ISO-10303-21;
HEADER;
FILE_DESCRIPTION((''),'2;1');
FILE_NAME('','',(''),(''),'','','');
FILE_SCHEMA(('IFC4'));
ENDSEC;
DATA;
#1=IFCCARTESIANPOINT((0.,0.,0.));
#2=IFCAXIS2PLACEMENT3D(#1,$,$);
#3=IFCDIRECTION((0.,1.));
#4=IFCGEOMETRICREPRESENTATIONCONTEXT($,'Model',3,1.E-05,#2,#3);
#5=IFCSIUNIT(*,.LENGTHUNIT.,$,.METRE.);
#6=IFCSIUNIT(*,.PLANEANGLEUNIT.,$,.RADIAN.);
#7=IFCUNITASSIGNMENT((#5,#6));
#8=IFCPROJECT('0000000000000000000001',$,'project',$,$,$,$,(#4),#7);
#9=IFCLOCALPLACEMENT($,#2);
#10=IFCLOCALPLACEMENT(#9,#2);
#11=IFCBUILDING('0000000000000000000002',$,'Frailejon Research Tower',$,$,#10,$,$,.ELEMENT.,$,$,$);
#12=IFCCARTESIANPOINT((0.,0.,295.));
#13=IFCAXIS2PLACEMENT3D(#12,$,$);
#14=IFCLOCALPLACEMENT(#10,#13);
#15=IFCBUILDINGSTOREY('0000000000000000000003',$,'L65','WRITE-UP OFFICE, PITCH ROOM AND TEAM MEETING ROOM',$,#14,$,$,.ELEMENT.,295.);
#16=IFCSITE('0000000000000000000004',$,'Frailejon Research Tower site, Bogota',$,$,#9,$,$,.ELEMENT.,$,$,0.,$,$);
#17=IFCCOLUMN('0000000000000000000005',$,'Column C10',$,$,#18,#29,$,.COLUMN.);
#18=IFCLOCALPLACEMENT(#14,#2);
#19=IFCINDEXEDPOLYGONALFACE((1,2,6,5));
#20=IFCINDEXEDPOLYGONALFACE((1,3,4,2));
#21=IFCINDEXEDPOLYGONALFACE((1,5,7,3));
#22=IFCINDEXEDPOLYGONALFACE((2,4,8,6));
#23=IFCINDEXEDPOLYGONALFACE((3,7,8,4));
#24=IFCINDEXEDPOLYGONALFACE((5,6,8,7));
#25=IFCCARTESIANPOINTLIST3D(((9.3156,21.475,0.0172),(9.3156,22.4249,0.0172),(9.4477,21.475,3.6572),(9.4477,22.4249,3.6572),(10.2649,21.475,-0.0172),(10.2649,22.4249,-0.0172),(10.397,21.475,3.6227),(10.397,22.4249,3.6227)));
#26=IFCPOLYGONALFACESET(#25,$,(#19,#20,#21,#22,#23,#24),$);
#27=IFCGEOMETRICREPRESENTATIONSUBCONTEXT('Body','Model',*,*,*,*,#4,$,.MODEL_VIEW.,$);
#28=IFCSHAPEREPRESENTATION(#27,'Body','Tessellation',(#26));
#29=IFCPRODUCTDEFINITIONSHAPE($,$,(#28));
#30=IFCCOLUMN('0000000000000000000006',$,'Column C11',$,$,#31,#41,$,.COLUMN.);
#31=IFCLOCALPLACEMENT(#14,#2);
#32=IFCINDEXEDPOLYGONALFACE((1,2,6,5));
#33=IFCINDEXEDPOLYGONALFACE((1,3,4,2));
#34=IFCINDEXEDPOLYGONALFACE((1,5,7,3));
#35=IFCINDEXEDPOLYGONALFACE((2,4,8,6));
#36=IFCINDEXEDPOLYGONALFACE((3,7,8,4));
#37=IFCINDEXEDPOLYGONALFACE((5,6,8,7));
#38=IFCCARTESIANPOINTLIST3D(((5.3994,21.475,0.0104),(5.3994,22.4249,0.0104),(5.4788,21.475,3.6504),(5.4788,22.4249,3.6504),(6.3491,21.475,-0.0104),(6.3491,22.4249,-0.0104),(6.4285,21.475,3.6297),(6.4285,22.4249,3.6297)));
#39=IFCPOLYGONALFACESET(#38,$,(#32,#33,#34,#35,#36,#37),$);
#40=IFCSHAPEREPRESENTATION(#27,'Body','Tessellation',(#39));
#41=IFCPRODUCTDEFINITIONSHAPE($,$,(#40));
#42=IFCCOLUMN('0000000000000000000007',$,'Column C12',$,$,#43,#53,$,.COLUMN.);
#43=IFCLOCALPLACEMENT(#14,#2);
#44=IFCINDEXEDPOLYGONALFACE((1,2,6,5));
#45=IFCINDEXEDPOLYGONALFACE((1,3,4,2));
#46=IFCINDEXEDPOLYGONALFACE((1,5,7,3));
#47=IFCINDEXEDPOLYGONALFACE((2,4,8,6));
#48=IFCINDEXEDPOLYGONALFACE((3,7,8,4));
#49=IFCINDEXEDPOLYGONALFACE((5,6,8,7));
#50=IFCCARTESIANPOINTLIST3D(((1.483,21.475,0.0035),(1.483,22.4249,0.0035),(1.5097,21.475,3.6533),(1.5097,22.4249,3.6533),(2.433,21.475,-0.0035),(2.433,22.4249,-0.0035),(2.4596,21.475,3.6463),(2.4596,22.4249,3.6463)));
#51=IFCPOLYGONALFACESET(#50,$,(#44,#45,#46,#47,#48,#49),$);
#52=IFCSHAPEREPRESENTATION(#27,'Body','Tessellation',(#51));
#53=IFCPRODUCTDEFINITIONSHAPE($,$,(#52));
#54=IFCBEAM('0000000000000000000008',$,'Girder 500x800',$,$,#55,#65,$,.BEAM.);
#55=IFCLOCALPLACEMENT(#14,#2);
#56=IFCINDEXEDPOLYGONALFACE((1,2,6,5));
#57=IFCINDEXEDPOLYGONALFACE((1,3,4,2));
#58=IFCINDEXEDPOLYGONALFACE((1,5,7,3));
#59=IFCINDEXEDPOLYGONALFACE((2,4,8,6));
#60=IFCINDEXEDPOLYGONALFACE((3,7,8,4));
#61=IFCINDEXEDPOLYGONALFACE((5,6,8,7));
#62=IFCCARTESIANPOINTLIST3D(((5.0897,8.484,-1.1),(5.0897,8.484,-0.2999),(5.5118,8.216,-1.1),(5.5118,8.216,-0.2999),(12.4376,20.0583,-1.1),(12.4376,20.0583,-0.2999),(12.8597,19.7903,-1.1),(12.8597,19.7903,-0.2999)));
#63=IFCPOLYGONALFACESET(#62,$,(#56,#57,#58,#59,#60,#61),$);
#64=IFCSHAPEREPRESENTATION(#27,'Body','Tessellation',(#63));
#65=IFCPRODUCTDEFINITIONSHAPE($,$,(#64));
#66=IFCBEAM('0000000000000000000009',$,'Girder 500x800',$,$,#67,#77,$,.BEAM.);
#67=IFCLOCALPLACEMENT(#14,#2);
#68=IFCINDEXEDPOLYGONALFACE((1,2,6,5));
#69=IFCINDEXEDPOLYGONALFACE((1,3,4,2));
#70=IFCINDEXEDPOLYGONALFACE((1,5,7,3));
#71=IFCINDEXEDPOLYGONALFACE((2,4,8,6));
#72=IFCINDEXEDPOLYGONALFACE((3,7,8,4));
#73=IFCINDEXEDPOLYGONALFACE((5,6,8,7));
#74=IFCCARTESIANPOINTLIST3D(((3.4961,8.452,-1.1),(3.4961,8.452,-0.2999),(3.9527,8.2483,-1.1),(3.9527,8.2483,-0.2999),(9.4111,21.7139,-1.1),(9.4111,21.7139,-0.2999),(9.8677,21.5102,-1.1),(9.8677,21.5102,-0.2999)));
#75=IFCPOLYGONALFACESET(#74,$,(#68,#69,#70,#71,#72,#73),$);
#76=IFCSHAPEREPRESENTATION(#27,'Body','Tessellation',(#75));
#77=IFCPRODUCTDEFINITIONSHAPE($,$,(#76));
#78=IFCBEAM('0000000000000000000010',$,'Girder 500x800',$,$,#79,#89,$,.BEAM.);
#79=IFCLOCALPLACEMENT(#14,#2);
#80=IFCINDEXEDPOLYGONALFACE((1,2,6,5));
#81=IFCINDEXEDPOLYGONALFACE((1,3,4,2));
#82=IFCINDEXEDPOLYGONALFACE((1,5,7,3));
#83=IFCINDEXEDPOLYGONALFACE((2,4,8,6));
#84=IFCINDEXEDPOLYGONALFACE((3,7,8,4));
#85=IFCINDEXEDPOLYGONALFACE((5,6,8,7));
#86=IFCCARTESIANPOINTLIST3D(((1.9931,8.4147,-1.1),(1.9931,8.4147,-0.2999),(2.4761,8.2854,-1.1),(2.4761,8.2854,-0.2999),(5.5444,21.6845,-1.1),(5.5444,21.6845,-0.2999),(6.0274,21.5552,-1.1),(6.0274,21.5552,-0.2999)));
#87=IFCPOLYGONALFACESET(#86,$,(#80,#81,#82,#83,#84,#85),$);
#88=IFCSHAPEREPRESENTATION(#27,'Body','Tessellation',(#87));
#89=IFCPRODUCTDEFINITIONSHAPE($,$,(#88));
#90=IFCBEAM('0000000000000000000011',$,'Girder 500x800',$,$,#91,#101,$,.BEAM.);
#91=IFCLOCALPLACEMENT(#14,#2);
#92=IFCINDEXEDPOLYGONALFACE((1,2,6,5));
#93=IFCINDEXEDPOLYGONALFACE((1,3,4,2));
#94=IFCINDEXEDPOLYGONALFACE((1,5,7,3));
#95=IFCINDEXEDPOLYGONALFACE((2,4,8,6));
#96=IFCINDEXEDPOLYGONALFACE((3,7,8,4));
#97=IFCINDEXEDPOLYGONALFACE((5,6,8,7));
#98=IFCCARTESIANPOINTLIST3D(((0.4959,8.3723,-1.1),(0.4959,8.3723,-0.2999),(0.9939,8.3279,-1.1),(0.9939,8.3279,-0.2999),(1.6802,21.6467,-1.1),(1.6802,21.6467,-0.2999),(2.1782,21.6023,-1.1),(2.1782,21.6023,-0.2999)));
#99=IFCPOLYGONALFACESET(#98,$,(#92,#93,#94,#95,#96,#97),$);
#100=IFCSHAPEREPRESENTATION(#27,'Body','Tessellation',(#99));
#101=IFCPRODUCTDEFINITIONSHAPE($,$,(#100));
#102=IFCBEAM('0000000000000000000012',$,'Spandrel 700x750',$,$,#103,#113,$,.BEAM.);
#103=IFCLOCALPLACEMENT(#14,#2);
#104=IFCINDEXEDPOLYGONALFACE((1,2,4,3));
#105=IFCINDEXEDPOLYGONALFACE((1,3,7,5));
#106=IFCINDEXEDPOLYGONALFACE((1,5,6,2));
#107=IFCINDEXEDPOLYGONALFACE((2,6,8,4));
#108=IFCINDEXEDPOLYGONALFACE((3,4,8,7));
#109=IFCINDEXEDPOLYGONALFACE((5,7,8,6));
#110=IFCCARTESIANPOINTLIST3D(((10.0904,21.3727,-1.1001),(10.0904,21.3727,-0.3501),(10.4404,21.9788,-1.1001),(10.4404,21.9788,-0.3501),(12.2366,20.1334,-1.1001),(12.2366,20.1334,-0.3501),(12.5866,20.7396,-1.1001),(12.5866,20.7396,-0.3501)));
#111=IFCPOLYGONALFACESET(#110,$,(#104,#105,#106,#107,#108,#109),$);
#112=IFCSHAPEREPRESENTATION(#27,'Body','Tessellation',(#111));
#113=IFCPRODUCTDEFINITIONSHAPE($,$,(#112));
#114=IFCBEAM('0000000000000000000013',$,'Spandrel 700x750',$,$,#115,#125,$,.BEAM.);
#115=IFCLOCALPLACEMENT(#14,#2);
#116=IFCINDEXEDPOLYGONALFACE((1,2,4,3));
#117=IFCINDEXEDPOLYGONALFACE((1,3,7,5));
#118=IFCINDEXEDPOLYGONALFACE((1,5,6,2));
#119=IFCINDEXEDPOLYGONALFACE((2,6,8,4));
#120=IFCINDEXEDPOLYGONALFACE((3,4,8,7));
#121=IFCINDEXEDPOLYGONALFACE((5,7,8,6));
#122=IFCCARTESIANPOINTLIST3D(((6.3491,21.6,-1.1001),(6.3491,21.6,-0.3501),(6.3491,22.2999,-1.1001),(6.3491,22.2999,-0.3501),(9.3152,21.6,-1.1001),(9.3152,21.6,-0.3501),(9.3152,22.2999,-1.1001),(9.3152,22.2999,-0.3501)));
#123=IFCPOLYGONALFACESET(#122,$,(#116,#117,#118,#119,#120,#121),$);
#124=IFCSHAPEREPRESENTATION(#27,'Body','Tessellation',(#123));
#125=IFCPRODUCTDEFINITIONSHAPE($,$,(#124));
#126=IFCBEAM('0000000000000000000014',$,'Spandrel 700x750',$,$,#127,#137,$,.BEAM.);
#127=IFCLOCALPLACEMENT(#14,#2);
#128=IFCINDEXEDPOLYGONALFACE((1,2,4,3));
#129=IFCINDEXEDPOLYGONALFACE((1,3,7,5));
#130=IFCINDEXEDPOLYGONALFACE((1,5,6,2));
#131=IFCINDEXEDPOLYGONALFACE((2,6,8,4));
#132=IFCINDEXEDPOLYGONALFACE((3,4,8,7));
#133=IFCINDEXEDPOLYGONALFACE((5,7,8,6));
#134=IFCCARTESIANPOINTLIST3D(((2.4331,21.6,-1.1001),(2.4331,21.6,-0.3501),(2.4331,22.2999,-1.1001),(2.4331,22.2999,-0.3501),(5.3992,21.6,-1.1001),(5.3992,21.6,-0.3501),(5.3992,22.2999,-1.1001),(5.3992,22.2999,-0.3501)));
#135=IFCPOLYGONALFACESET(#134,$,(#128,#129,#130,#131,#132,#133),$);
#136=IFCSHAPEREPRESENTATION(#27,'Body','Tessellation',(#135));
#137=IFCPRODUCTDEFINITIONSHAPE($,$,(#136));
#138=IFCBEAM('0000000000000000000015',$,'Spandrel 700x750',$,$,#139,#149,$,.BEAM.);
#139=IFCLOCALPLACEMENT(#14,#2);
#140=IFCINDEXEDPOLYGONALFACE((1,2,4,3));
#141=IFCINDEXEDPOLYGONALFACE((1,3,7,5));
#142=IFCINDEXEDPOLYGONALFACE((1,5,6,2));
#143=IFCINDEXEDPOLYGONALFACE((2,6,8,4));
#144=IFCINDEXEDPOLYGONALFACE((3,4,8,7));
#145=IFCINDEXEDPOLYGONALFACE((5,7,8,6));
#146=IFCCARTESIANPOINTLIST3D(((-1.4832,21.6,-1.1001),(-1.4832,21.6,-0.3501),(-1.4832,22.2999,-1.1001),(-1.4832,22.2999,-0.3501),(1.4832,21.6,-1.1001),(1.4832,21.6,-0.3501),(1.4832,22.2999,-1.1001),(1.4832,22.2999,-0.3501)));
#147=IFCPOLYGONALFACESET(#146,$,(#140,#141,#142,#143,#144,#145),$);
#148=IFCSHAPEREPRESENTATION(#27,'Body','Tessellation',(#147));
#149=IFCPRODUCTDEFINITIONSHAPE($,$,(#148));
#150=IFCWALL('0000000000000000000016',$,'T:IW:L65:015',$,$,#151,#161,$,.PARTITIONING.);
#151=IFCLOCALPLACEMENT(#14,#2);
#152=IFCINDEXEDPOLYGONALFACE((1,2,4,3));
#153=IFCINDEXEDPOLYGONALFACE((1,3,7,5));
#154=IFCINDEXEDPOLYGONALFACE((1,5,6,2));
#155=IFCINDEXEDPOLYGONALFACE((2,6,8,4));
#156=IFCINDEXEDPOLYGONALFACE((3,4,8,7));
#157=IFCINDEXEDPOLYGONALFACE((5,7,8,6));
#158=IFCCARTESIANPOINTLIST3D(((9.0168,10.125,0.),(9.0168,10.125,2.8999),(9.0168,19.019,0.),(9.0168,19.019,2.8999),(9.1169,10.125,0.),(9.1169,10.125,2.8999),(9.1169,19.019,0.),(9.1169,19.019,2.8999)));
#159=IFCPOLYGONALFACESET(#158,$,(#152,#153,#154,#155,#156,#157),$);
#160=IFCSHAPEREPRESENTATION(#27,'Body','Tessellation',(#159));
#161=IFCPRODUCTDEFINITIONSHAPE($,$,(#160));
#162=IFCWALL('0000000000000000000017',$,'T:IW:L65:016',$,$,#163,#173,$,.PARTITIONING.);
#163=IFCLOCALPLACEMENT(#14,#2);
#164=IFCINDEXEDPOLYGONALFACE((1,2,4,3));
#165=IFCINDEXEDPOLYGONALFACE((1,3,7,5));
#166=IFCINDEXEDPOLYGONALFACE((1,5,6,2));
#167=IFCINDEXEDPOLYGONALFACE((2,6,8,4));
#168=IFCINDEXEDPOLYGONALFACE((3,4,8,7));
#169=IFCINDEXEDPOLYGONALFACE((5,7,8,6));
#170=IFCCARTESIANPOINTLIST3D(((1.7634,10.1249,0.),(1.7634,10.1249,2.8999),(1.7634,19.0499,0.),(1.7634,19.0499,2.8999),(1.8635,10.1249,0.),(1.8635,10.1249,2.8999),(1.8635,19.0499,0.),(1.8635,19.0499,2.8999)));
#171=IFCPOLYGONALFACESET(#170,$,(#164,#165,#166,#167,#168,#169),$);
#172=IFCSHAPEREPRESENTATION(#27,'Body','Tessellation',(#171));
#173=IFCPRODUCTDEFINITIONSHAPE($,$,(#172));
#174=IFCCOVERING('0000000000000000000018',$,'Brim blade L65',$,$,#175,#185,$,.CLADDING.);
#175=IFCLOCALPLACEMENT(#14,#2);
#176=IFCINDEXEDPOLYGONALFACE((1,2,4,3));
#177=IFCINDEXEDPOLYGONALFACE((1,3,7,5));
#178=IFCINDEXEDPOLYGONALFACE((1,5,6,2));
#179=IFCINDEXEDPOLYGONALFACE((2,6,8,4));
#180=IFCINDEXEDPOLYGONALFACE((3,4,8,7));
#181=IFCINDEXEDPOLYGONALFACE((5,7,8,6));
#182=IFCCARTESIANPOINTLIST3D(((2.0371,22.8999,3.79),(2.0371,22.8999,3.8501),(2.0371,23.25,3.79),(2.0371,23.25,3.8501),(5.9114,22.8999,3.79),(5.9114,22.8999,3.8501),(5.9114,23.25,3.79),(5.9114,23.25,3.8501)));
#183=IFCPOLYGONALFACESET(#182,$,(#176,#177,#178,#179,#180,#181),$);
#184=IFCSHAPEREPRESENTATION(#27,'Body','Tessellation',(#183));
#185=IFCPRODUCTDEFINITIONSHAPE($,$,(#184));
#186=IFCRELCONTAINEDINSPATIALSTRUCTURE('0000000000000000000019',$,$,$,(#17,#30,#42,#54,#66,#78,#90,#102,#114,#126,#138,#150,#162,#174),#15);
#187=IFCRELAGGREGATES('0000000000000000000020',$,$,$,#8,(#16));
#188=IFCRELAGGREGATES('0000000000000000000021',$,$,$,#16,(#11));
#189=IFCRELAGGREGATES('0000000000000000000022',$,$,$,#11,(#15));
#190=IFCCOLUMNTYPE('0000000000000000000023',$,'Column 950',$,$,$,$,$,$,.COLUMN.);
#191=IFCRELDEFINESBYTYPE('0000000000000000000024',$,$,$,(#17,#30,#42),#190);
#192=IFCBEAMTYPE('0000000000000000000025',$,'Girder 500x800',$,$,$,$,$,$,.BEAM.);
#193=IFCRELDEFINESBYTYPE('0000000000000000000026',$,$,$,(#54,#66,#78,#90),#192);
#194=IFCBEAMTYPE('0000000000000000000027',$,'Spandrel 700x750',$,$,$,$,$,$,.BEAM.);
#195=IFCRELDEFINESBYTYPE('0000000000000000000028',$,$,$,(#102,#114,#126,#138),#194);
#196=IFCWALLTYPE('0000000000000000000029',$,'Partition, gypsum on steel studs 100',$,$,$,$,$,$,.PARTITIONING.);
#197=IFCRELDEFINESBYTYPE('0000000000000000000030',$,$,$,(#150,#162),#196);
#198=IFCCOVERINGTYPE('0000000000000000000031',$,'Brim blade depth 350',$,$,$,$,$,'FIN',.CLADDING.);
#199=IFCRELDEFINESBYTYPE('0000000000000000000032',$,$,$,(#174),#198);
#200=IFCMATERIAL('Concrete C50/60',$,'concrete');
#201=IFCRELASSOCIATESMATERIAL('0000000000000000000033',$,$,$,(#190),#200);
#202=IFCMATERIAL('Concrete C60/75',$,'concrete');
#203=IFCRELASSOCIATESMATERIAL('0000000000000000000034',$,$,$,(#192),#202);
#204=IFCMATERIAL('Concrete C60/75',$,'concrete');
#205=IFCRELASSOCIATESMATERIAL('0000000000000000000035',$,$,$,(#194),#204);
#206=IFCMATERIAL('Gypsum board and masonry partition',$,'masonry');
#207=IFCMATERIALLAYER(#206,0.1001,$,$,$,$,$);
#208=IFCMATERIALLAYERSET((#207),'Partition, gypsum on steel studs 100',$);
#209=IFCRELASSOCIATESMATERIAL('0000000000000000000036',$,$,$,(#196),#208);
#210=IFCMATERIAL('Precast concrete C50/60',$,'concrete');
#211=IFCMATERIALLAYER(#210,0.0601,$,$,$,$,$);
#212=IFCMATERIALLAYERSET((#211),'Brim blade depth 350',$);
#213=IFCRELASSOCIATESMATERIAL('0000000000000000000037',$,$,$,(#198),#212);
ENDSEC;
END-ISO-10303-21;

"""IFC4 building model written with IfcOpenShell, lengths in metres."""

from ifc_helpers import new_model, si_unit, direction, frame, frame_2d, origin, origin_2d, place, context, subcontext, project, spatial, polyline, rectangle, outline, extrude, material, layer, layer_set, material_profile, profile_set, type_object, element, save


model = new_model("IFC4")

# Units and contexts
model_context = context("Model", 3, precision=1e-05, world=origin(), true_north=direction((0.0, 1.0)))
body_context = subcontext(model_context, "Body", "Model", "MODEL_VIEW")
ifc_project = project(units=[si_unit("LENGTHUNIT", "METRE"), si_unit("PLANEANGLEUNIT", "RADIAN")], contexts=[model_context])

# Site, building, storey
site_placement = place(None, origin())
site = spatial("IfcSite", under=ifc_project, at=site_placement, Name="Frailejon Research Tower site, Bogota", CompositionType="ELEMENT", RefElevation=0.0)
building_placement = place(site_placement, origin())
building = spatial("IfcBuilding", under=site, at=building_placement, Name="Frailejon Research Tower", CompositionType="ELEMENT")
storey_placement = place(building_placement, frame((0.0, 0.0, 295.0)))
storey = spatial("IfcBuildingStorey", under=building, at=storey_placement, Name="L65", Description="WRITE-UP OFFICE, PITCH ROOM AND TEAM MEETING ROOM", CompositionType="ELEMENT", Elevation=295.0)

# Columns
ifc_material_1 = material(Name="Concrete C50/60", Category="concrete")
ifc_material_profile_1 = material_profile(ifc_material_1, rectangle(XDim=0.95, YDim=0.95, at=origin_2d()), Name="Column 950")
ifc_profile_set_1 = profile_set([ifc_material_profile_1], Name="Concrete C50/60")
column_type = type_object("IfcColumnType", Name="Column 950", PredefinedType="COLUMN", material=ifc_profile_set_1)
column_1_placement = place(storey_placement, frame((9.7903, 21.95, 0.0), z_axis=(0.036263, 0.0, 0.999342), x_axis=(-0.999342, 0.0, 0.036263)))
element("IfcColumn", 1, at=column_1_placement, inside=storey, type_object=column_type, Name="Column C10", PredefinedType="COLUMN", context=body_context, shape_type="SweptSolid", body=[
    extrude(rectangle(XDim=0.95, YDim=0.95, at=origin_2d()), origin(), (0.0, 0.0, 1.0), 3.6423),
])
column_2_placement = place(storey_placement, frame((5.8743, 21.95, 0.0), z_axis=(0.021794, 0.0, 0.999762), x_axis=(-0.999762, 0.0, 0.021794)))
element("IfcColumn", 2, at=column_2_placement, inside=storey, type_object=column_type, Name="Column C11", PredefinedType="COLUMN", context=body_context, shape_type="SweptSolid", body=[
    extrude(rectangle(XDim=0.95, YDim=0.95, at=origin_2d()), origin(), (0.0, 0.0, 1.0), 3.6409),
])
column_3_placement = place(storey_placement, frame((1.958, 21.95, 0.0), z_axis=(0.007291, 0.0, 0.999973), x_axis=(-0.999973, 0.0, 0.007291)))
element("IfcColumn", 3, at=column_3_placement, inside=storey, type_object=column_type, Name="Column C12", PredefinedType="COLUMN", context=body_context, shape_type="SweptSolid", body=[
    extrude(rectangle(XDim=0.95, YDim=0.95, at=origin_2d()), origin(), (0.0, 0.0, 1.0), 3.6499),
])

# Beams
ifc_material_2 = material(Name="Concrete C60/75", Category="concrete")
ifc_material_profile_2 = material_profile(ifc_material_2, rectangle(XDim=0.5, YDim=0.8, at=origin_2d()), Name="Girder 500x800")
ifc_profile_set_2 = profile_set([ifc_material_profile_2], Name="Concrete C60/75")
beam_type_1 = type_object("IfcBeamType", Name="Girder 500x800", PredefinedType="BEAM", material=ifc_profile_set_2)
beam_1_placement = place(storey_placement, frame((12.6487, 19.9243, -0.7), z_axis=(-0.535966, -0.84424, 0.0), x_axis=(0.84424, -0.535966, 0.0)))
element("IfcBeam", 4, at=beam_1_placement, inside=storey, type_object=beam_type_1, Name="Girder 500x800", PredefinedType="BEAM", context=body_context, shape_type="SweptSolid", body=[
    extrude(rectangle(XDim=0.5, YDim=0.8, at=origin_2d()), origin(), (0.0, 0.0, 1.0), 13.7097),
])
beam_2_placement = place(storey_placement, frame((9.6394, 21.6121, -0.7), z_axis=(-0.407336, -0.913278, 0.0), x_axis=(0.913278, -0.407336, 0.0)))
element("IfcBeam", 5, at=beam_2_placement, inside=storey, type_object=beam_type_1, Name="Girder 500x800", PredefinedType="BEAM", context=body_context, shape_type="SweptSolid", body=[
    extrude(rectangle(XDim=0.5, YDim=0.8, at=origin_2d()), origin(), (0.0, 0.0, 1.0), 14.5212),
])
beam_3_placement = place(storey_placement, frame((5.7859, 21.6199, -0.7), z_axis=(-0.258523, -0.966005, 0.0), x_axis=(0.966005, -0.258523, 0.0)))
element("IfcBeam", 6, at=beam_3_placement, inside=storey, type_object=beam_type_1, Name="Girder 500x800", PredefinedType="BEAM", context=body_context, shape_type="SweptSolid", body=[
    extrude(rectangle(XDim=0.5, YDim=0.8, at=origin_2d()), origin(), (0.0, 0.0, 1.0), 13.7368),
])
beam_4_placement = place(storey_placement, frame((1.9292, 21.6245, -0.7), z_axis=(-0.088866, -0.996044, 0.0), x_axis=(0.996044, -0.088866, 0.0)))
element("IfcBeam", 7, at=beam_4_placement, inside=storey, type_object=beam_type_1, Name="Girder 500x800", PredefinedType="BEAM", context=body_context, shape_type="SweptSolid", body=[
    extrude(rectangle(XDim=0.5, YDim=0.8, at=origin_2d()), origin(), (0.0, 0.0, 1.0), 13.3271),
])
ifc_material_3 = material(Name="Concrete C60/75", Category="concrete")
ifc_material_profile_3 = material_profile(ifc_material_3, rectangle(XDim=0.7, YDim=0.75, at=origin_2d()), Name="Spandrel 700x750")
ifc_profile_set_3 = profile_set([ifc_material_profile_3], Name="Concrete C60/75")
beam_type_2 = type_object("IfcBeamType", Name="Spandrel 700x750", PredefinedType="BEAM", material=ifc_profile_set_3)
beam_5_placement = place(storey_placement, frame((12.4116, 20.4365, -0.7251), z_axis=(-0.866003, 0.500038, 0.0), x_axis=(-0.500038, -0.866003, 0.0)))
element("IfcBeam", 8, at=beam_5_placement, inside=storey, type_object=beam_type_2, Name="Spandrel 700x750", PredefinedType="BEAM", context=body_context, shape_type="SweptSolid", body=[
    extrude(rectangle(XDim=0.7, YDim=0.75, at=origin_2d()), origin(), (0.0, 0.0, 1.0), 2.4783),
])
for number, where, z_axis, x_axis, name in (
    (9, (9.3152, 21.95, -0.7251), (-1.0, 0.0, 0.0), (0.0, -1.0, 0.0), "Spandrel 700x750"),
    (10, (5.3992, 21.95, -0.7251), (-1.0, 0.0, 0.0), (0.0, -1.0, 0.0), "Spandrel 700x750"),
):
    element("IfcBeam", number, at=place(storey_placement, frame(where, z_axis=z_axis, x_axis=x_axis)), inside=storey, type_object=beam_type_2, Name=name, PredefinedType="BEAM", context=body_context, shape_type="SweptSolid", body=[
        extrude(rectangle(XDim=0.7, YDim=0.75, at=origin_2d()), origin(), (0.0, 0.0, 1.0), 2.9661),
    ])
beam_6_placement = place(storey_placement, frame((1.4832, 21.95, -0.7251), z_axis=(-1.0, 0.0, 0.0), x_axis=(0.0, -1.0, 0.0)))
element("IfcBeam", 11, at=beam_6_placement, inside=storey, type_object=beam_type_2, Name="Spandrel 700x750", PredefinedType="BEAM", context=body_context, shape_type="SweptSolid", body=[
    extrude(rectangle(XDim=0.7, YDim=0.75, at=origin_2d()), origin(), (0.0, 0.0, 1.0), 2.9663),
])

# Walls
ifc_material_4 = material(Name="Gypsum board and masonry partition", Category="masonry")
ifc_layer_1 = layer(ifc_material_4, 0.1001)
ifc_layer_set_1 = layer_set([ifc_layer_1], Name="Partition, gypsum on steel studs 100")
wall_type_1 = type_object("IfcWallType", Name="Partition, gypsum on steel studs 100", PredefinedType="PARTITIONING", material=ifc_layer_set_1)
wall_1_placement = place(storey_placement, frame((9.0669, 10.125, 0.0), z_axis=(0.0, 0.0, 1.0), x_axis=(0.0, 1.0, 0.0)))
element("IfcWall", 12, at=wall_1_placement, inside=storey, type_object=wall_type_1, Name="T:IW:L65:015", PredefinedType="PARTITIONING", context=body_context, shape_type="SweptSolid", body=[
    extrude(rectangle(XDim=8.894, YDim=0.1001, at=frame_2d((4.447, 0.0))), origin(), (0.0, 0.0, 1.0), 2.8999),
])
wall_2_placement = place(storey_placement, frame((1.8135, 10.125, 0.0), z_axis=(0.0, 0.0, 1.0), x_axis=(0.0, 1.0, 0.0)))
element("IfcWall", 13, at=wall_2_placement, inside=storey, type_object=wall_type_1, Name="T:IW:L65:016", PredefinedType="PARTITIONING", context=body_context, shape_type="SweptSolid", body=[
    extrude(rectangle(XDim=8.925, YDim=0.1001, at=frame_2d((4.4624, 0.0))), origin(), (0.0, 0.0, 1.0), 2.8999),
])

# Covering
ifc_material_5 = material(Name="Precast concrete C50/60", Category="concrete")
ifc_layer_2 = layer(ifc_material_5, 0.0601)
ifc_layer_set_2 = layer_set([ifc_layer_2], Name="Brim blade depth 350")
covering_type_1 = type_object("IfcCoveringType", Name="Brim blade depth 350", ElementType="FIN", PredefinedType="CLADDING", material=ifc_layer_set_2)
covering_1_placement = place(storey_placement, frame((2.0371, 22.8999, 3.8501), z_axis=(1.0, 0.0, 0.0), x_axis=(0.0, 1.0, 0.0)))
element("IfcCovering", 14, at=covering_1_placement, inside=storey, type_object=covering_type_1, Name="Brim blade L65", PredefinedType="CLADDING", context=body_context, shape_type="SweptSolid", body=[
    extrude(outline(polyline([(0.0, -0.0601), (0.3501, -0.0601), (0.3501, 0.0), (0.0, 0.0), (0.0, -0.0601)])), origin(), (0.0, 0.0, 1.0), 3.8743),
])

save(model, "model.ifc")
